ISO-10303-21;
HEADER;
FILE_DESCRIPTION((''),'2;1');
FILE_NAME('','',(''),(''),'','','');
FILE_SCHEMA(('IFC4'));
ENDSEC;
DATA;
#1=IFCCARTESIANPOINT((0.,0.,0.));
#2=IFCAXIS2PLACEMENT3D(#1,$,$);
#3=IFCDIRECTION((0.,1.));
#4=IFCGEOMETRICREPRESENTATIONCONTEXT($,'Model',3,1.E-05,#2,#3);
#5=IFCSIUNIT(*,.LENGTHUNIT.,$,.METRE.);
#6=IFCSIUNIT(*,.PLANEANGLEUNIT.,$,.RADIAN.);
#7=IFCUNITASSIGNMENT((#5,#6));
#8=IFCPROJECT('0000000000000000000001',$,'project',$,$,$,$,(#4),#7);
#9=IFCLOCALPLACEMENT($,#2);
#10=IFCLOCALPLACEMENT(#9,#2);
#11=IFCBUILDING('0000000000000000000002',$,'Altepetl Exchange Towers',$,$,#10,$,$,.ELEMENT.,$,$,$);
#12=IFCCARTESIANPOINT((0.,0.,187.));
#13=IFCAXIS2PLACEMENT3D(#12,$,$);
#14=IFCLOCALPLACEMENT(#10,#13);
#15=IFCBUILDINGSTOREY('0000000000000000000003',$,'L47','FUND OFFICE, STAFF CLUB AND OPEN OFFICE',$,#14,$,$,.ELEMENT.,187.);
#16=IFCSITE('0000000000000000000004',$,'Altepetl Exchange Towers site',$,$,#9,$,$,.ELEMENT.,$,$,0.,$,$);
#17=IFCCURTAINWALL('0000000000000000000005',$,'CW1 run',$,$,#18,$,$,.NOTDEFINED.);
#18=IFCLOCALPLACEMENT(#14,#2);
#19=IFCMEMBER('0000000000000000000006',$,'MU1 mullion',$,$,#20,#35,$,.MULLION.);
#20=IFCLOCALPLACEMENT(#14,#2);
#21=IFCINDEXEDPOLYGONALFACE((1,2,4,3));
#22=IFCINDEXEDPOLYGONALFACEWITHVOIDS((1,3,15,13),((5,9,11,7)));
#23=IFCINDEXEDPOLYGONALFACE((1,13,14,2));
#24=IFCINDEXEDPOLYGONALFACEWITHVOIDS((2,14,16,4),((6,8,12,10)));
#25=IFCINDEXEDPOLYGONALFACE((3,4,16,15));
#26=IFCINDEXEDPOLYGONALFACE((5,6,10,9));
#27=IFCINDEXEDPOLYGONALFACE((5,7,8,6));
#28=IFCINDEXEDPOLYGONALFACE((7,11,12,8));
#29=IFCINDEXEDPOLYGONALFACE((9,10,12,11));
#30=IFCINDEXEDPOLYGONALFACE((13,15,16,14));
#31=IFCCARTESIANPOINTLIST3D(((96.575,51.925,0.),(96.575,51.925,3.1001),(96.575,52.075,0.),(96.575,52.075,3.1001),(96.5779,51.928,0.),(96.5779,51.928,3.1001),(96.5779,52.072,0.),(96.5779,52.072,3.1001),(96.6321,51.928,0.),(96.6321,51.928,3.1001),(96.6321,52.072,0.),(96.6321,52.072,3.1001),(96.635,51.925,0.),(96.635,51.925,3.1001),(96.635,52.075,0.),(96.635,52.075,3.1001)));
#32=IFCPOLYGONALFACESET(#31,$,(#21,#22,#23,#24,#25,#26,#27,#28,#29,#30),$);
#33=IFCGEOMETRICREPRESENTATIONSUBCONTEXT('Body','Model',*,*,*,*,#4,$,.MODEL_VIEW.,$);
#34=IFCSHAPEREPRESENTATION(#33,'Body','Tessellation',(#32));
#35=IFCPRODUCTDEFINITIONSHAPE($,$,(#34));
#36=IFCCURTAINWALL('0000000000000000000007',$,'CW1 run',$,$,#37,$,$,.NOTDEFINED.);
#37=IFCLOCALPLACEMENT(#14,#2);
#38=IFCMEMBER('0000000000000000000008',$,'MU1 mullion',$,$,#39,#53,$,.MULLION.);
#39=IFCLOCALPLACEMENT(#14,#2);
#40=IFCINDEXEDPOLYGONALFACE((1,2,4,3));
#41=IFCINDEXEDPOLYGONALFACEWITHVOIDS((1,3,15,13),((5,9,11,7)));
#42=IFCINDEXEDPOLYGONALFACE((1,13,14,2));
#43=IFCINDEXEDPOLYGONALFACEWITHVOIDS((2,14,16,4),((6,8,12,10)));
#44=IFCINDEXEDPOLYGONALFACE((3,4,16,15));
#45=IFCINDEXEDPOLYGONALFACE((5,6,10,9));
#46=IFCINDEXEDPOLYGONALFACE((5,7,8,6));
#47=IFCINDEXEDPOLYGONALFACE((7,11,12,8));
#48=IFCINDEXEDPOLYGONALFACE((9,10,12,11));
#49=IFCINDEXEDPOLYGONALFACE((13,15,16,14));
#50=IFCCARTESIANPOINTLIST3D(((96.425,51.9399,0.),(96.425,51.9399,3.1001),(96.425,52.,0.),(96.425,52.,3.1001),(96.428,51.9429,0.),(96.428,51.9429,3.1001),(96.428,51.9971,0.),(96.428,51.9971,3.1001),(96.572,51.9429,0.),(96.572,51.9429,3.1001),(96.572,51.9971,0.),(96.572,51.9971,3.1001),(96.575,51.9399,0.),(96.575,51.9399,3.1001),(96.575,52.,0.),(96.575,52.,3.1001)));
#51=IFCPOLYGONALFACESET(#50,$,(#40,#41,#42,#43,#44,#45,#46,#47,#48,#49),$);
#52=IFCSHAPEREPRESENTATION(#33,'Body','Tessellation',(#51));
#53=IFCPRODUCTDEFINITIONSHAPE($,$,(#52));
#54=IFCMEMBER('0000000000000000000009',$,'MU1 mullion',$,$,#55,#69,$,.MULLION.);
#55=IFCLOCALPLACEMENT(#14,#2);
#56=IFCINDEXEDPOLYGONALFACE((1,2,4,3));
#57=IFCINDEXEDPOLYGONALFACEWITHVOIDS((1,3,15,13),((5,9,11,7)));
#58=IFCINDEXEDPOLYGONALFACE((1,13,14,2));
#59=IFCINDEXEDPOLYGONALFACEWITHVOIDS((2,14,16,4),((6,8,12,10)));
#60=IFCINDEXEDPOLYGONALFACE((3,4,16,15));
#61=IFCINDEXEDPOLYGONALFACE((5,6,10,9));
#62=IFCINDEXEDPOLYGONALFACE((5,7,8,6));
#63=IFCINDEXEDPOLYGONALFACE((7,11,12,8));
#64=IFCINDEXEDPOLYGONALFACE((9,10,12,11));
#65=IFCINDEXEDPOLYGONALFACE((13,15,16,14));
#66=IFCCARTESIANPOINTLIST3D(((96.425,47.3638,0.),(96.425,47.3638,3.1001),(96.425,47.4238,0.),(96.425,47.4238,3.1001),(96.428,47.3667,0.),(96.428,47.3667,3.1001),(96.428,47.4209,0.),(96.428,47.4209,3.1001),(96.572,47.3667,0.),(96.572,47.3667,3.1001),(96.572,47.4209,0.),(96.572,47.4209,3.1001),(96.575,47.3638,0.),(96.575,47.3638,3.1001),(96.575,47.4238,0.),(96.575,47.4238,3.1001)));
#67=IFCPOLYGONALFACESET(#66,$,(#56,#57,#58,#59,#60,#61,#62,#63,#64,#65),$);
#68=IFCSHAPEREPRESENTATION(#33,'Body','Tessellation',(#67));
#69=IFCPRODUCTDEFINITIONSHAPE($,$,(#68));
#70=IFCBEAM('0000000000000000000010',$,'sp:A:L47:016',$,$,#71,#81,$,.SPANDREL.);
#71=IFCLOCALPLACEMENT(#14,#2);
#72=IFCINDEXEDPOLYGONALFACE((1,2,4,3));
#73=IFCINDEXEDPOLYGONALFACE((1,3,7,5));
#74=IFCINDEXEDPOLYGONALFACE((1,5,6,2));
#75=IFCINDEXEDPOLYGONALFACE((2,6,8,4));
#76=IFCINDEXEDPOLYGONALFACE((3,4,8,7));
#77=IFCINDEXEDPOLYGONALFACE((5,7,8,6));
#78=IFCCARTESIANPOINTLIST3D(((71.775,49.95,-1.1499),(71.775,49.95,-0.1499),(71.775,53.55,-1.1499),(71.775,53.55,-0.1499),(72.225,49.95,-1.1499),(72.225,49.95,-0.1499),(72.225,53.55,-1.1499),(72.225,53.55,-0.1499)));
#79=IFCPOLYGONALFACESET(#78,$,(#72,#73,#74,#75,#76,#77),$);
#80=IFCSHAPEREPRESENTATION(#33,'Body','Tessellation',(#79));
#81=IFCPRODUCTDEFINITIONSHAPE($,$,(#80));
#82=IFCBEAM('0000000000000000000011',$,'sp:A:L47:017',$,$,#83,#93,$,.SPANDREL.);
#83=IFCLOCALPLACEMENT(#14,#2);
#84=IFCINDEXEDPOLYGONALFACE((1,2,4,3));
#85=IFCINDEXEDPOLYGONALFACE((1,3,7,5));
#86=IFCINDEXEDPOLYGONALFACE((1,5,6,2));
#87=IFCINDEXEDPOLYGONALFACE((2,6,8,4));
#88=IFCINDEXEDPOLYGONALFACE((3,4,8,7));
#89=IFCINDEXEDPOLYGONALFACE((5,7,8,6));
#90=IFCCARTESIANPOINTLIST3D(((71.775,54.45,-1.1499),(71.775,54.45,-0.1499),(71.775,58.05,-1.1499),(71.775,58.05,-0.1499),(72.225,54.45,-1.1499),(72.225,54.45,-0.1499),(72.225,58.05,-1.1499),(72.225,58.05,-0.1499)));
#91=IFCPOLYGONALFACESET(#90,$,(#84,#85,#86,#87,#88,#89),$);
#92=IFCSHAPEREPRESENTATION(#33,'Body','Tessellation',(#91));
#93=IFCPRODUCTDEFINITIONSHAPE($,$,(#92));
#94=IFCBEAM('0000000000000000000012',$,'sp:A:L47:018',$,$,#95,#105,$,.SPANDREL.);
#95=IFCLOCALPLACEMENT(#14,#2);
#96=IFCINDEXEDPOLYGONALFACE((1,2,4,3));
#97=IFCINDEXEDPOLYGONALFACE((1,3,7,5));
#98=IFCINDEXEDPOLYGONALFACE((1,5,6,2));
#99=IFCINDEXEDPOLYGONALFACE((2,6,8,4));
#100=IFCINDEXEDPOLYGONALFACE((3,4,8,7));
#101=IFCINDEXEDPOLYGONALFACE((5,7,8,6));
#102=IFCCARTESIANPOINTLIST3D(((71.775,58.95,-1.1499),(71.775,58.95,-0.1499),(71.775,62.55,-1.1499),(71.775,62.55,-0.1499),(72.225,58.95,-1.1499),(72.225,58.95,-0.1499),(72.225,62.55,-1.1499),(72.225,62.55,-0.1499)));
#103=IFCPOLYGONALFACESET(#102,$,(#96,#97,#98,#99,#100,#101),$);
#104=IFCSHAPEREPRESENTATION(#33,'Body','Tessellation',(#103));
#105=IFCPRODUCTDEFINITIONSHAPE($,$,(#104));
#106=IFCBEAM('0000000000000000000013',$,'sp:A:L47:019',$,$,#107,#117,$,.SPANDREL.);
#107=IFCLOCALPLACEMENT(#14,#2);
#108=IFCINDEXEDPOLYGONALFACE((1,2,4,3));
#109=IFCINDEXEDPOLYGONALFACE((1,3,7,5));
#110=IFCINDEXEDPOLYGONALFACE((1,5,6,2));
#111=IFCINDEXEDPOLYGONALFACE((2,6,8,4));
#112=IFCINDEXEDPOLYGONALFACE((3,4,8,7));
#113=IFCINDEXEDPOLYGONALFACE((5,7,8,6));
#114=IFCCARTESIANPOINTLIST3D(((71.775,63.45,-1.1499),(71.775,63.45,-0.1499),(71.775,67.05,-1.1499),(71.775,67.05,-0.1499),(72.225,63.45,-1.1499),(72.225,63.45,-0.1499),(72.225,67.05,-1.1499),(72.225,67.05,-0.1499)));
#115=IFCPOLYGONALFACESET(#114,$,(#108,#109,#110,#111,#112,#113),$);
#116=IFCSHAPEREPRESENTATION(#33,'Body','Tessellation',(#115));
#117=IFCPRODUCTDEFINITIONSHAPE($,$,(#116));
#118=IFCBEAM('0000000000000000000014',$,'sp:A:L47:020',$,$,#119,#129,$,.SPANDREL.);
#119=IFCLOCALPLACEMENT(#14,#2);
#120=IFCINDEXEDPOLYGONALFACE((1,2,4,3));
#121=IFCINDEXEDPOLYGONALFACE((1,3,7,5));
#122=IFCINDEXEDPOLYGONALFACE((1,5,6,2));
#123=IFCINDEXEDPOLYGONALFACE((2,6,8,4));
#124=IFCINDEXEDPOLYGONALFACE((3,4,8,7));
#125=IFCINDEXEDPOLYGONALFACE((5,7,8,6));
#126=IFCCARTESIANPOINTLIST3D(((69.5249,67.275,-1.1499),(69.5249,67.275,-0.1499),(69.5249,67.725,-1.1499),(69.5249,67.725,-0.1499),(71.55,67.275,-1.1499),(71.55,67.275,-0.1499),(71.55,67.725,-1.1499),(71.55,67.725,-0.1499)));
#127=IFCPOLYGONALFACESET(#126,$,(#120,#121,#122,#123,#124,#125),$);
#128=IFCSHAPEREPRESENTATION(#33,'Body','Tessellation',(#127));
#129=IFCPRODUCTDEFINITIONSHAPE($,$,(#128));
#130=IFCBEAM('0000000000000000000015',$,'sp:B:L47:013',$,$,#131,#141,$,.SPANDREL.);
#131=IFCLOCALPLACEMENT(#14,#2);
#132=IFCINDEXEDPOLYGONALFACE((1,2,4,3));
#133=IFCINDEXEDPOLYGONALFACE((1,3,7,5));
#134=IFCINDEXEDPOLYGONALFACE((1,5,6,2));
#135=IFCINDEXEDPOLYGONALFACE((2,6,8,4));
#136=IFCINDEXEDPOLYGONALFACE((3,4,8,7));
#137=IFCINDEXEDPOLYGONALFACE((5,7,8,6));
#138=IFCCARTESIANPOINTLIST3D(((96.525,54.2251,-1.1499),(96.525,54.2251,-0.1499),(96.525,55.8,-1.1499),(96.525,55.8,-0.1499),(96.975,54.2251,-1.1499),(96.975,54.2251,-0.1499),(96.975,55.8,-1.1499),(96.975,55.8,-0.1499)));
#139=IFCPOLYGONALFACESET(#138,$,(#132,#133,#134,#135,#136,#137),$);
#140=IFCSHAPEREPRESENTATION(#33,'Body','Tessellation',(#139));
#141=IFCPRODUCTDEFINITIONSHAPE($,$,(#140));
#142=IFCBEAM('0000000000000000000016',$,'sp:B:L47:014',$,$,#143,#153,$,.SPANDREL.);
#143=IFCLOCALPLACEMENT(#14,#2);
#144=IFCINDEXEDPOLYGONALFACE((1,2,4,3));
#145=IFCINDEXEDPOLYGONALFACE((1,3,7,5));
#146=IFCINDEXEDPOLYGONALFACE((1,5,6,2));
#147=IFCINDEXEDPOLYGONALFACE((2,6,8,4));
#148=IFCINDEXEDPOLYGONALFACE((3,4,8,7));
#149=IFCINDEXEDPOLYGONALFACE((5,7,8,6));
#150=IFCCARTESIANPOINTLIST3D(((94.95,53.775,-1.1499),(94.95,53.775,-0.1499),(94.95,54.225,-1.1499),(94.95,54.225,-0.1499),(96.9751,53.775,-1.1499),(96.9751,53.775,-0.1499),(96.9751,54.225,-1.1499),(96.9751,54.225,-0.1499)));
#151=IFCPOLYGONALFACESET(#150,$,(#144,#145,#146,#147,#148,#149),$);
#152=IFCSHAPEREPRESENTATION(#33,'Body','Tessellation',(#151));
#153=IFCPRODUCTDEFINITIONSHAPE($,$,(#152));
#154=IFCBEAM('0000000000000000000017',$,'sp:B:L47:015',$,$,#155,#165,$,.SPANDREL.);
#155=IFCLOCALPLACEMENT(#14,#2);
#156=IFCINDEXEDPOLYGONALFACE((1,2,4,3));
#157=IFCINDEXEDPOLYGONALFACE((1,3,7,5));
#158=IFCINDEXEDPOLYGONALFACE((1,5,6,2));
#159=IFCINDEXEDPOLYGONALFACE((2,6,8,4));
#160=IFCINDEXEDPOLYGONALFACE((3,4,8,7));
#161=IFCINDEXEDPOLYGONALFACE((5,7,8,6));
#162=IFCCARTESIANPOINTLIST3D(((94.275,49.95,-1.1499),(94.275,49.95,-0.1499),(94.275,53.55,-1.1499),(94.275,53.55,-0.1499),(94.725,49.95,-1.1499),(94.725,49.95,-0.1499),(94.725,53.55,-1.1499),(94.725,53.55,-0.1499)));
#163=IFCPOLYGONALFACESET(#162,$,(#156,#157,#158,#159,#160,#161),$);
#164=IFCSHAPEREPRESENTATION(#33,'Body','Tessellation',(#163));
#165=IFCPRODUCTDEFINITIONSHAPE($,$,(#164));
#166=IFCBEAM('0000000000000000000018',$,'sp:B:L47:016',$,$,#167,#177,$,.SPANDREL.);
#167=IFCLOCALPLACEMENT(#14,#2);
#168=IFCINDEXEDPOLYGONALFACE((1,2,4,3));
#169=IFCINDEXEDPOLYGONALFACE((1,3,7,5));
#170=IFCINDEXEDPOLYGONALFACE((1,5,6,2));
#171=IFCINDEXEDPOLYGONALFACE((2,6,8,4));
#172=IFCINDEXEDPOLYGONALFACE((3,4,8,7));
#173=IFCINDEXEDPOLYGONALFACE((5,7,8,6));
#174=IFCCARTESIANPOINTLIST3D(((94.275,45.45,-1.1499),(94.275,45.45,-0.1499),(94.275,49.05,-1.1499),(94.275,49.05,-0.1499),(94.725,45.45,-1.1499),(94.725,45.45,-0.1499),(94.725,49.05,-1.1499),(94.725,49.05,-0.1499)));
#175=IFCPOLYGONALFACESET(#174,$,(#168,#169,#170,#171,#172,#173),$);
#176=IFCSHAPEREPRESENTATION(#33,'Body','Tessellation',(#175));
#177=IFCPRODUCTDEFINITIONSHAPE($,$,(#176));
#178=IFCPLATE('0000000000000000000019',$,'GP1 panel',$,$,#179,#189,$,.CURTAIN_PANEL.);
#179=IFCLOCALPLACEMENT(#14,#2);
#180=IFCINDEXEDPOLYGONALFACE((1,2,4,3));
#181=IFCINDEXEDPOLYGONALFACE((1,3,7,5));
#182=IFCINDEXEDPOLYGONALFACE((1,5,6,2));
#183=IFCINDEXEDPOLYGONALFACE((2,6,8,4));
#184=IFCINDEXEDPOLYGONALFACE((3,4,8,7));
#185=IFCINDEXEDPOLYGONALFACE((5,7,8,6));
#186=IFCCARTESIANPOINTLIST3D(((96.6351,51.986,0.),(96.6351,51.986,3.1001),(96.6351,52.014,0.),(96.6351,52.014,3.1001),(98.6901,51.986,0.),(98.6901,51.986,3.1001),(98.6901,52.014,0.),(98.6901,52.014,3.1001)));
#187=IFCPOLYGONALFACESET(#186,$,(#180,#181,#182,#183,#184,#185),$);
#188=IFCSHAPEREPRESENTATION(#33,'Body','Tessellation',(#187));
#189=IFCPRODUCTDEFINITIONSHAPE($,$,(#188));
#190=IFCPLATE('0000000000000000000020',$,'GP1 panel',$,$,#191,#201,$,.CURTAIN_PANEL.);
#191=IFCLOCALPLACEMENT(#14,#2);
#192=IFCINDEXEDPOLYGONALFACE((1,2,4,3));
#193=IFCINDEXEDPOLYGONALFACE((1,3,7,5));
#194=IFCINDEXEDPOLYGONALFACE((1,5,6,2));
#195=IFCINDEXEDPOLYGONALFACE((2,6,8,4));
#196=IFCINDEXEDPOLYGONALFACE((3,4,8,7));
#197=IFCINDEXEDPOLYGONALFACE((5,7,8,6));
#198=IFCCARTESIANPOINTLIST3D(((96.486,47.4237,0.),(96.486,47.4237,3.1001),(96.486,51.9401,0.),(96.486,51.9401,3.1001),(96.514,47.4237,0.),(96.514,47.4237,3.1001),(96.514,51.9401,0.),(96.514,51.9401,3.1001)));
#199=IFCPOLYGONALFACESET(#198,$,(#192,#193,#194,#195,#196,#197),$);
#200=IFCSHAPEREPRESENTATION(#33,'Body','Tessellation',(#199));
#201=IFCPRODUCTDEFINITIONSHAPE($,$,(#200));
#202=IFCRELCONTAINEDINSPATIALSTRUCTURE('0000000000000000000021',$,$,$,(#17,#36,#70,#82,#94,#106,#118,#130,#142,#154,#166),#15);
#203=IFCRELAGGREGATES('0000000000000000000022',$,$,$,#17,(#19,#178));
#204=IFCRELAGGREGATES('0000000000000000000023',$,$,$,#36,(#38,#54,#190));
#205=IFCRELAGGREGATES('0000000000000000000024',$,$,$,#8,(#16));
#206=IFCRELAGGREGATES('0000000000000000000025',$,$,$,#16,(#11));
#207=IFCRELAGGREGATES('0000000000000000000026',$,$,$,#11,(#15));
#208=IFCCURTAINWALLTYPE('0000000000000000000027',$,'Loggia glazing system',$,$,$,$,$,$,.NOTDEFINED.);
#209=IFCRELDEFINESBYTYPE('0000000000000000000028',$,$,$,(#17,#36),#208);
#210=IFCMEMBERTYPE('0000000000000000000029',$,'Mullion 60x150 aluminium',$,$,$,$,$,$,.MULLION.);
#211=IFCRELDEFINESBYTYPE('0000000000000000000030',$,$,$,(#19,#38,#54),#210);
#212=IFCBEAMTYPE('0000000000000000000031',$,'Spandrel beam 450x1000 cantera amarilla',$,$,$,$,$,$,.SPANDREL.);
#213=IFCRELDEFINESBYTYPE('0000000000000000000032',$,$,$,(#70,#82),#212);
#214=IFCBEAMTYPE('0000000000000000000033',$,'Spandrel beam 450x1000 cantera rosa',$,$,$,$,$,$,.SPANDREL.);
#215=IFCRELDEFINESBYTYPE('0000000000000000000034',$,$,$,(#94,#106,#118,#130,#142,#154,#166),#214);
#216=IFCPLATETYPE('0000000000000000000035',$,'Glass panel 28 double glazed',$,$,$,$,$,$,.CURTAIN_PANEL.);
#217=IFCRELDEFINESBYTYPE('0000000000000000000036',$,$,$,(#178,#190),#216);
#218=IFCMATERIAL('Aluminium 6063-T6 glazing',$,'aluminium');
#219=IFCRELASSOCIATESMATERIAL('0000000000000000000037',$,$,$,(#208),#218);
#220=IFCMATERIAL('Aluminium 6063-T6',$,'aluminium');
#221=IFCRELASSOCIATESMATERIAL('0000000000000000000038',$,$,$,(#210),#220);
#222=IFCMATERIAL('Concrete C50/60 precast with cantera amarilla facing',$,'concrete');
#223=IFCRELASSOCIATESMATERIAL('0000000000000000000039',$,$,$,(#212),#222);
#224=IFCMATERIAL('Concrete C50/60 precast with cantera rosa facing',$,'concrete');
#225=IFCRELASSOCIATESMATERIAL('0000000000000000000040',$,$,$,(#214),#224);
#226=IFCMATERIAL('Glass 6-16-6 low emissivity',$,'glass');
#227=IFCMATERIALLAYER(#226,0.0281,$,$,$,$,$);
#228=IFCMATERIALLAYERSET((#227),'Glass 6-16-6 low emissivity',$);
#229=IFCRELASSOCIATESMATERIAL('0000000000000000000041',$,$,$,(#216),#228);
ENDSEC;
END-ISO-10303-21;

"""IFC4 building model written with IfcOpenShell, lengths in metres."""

from ifc_helpers import new_model, si_unit, direction, frame, origin, origin_2d, place, context, subcontext, project, spatial, rectangle, hollow_rectangle, extrude, material, layer, layer_set, material_profile, profile_set, type_object, element, aggregate, save


model = new_model("IFC4")

# Units and contexts
model_context = context("Model", 3, precision=1e-05, world=origin(), true_north=direction((0.0, 1.0)))
body_context = subcontext(model_context, "Body", "Model", "MODEL_VIEW")
ifc_project = project(units=[si_unit("LENGTHUNIT", "METRE"), si_unit("PLANEANGLEUNIT", "RADIAN")], contexts=[model_context])

# Site, building, storey
site_placement = place(None, origin())
site = spatial("IfcSite", under=ifc_project, at=site_placement, Name="Altepetl Exchange Towers site", CompositionType="ELEMENT", RefElevation=0.0)
building_placement = place(site_placement, origin())
building = spatial("IfcBuilding", under=site, at=building_placement, Name="Altepetl Exchange Towers", CompositionType="ELEMENT")
storey_placement = place(building_placement, frame((0.0, 0.0, 187.0)))
storey = spatial("IfcBuildingStorey", under=building, at=storey_placement, Name="L47", Description="FUND OFFICE, STAFF CLUB AND OPEN OFFICE", CompositionType="ELEMENT", Elevation=187.0)

# Shared definitions
ifc_material_1 = material(Name="Aluminium 6063-T6 glazing", Category="aluminium")
curtain_wall_type = type_object("IfcCurtainWallType", Name="Loggia glazing system", PredefinedType="NOTDEFINED", material=ifc_material_1)
ifc_material_2 = material(Name="Aluminium 6063-T6", Category="aluminium")
ifc_material_profile_1 = material_profile(ifc_material_2, hollow_rectangle(XDim=0.0601, YDim=0.1499, WallThickness=0.0029, at=origin_2d()), Name="Mullion 60x150 aluminium")
ifc_profile_set_1 = profile_set([ifc_material_profile_1], Name="Aluminium 6063-T6")
member_type = type_object("IfcMemberType", Name="Mullion 60x150 aluminium", PredefinedType="MULLION", material=ifc_profile_set_1)

# Curtain walls, members
curtain_wall_1_placement = place(storey_placement, origin())
curtain_wall_1 = element("IfcCurtainWall", 1, at=curtain_wall_1_placement, inside=storey, type_object=curtain_wall_type, Name="CW1 run", PredefinedType="NOTDEFINED")
member_1_placement = place(storey_placement, frame((96.605, 52.0, 0.0), z_axis=(0.0, 0.0, 1.0), x_axis=(-1.0, 0.0, 0.0)))
member_1 = element("IfcMember", 2, at=member_1_placement, type_object=member_type, Name="MU1 mullion", PredefinedType="MULLION", context=body_context, shape_type="SweptSolid", body=[
    extrude(hollow_rectangle(XDim=0.0601, YDim=0.1499, WallThickness=0.0029, at=origin_2d()), origin(), (0.0, 0.0, 1.0), 3.1001),
])
curtain_wall_2_placement = place(storey_placement, origin())
curtain_wall_2 = element("IfcCurtainWall", 3, at=curtain_wall_2_placement, inside=storey, type_object=curtain_wall_type, Name="CW1 run", PredefinedType="NOTDEFINED")
member_2_placement = place(storey_placement, frame((96.5, 51.97, 0.0), z_axis=(0.0, 0.0, 1.0), x_axis=(0.0, -1.0, 0.0)))
member_2 = element("IfcMember", 4, at=member_2_placement, type_object=member_type, Name="MU1 mullion", PredefinedType="MULLION", context=body_context, shape_type="SweptSolid", body=[
    extrude(hollow_rectangle(XDim=0.0601, YDim=0.1499, WallThickness=0.0029, at=origin_2d()), origin(), (0.0, 0.0, 1.0), 3.1001),
])
member_3_placement = place(storey_placement, frame((96.5, 47.3938, 0.0), z_axis=(0.0, 0.0, 1.0), x_axis=(0.0, -1.0, 0.0)))
member_3 = element("IfcMember", 5, at=member_3_placement, type_object=member_type, Name="MU1 mullion", PredefinedType="MULLION", context=body_context, shape_type="SweptSolid", body=[
    extrude(hollow_rectangle(XDim=0.0601, YDim=0.1499, WallThickness=0.0029, at=origin_2d()), origin(), (0.0, 0.0, 1.0), 3.1001),
])

# Beams
ifc_material_3 = material(Name="Concrete C50/60 precast with cantera amarilla facing", Category="concrete")
ifc_material_profile_2 = material_profile(ifc_material_3, rectangle(XDim=0.45, YDim=1.0, at=origin_2d()), Name="450 x 1000")
ifc_profile_set_2 = profile_set([ifc_material_profile_2], Name="Concrete C50/60 precast with cantera amarilla facing")
beam_type_1 = type_object("IfcBeamType", Name="Spandrel beam 450x1000 cantera amarilla", PredefinedType="SPANDREL", material=ifc_profile_set_2)
for number, where, z_axis, x_axis, name in (
    (6, (72.0, 49.95, -0.6499), (0.0, 1.0, 0.0), (-1.0, 0.0, 0.0), "sp:A:L47:016"),
    (7, (72.0, 54.45, -0.6499), (0.0, 1.0, 0.0), (-1.0, 0.0, 0.0), "sp:A:L47:017"),
):
    element("IfcBeam", number, at=place(storey_placement, frame(where, z_axis=z_axis, x_axis=x_axis)), inside=storey, type_object=beam_type_1, Name=name, PredefinedType="SPANDREL", context=body_context, shape_type="SweptSolid", body=[
        extrude(rectangle(XDim=0.45, YDim=1.0, at=origin_2d()), origin(), (0.0, 0.0, 1.0), 3.6001),
    ])
ifc_material_4 = material(Name="Concrete C50/60 precast with cantera rosa facing", Category="concrete")
ifc_material_profile_3 = material_profile(ifc_material_4, rectangle(XDim=0.45, YDim=1.0, at=origin_2d()), Name="450 x 1000")
ifc_profile_set_3 = profile_set([ifc_material_profile_3], Name="Concrete C50/60 precast with cantera rosa facing")
beam_type_2 = type_object("IfcBeamType", Name="Spandrel beam 450x1000 cantera rosa", PredefinedType="SPANDREL", material=ifc_profile_set_3)
for number, where, z_axis, x_axis, name in (
    (8, (72.0, 58.95, -0.6499), (0.0, 1.0, 0.0), (-1.0, 0.0, 0.0), "sp:A:L47:018"),
    (9, (72.0, 63.45, -0.6499), (0.0, 1.0, 0.0), (-1.0, 0.0, 0.0), "sp:A:L47:019"),
):
    element("IfcBeam", number, at=place(storey_placement, frame(where, z_axis=z_axis, x_axis=x_axis)), inside=storey, type_object=beam_type_2, Name=name, PredefinedType="SPANDREL", context=body_context, shape_type="SweptSolid", body=[
        extrude(rectangle(XDim=0.45, YDim=1.0, at=origin_2d()), origin(), (0.0, 0.0, 1.0), 3.6001),
    ])
beam_1_placement = place(storey_placement, frame((71.55, 67.5, -0.6499), z_axis=(-1.0, 0.0, 0.0), x_axis=(0.0, -1.0, 0.0)))
element("IfcBeam", 10, at=beam_1_placement, inside=storey, type_object=beam_type_2, Name="sp:A:L47:020", PredefinedType="SPANDREL", context=body_context, shape_type="SweptSolid", body=[
    extrude(rectangle(XDim=0.45, YDim=1.0, at=origin_2d()), origin(), (0.0, 0.0, 1.0), 2.0251),
])
beam_2_placement = place(storey_placement, frame((96.75, 55.8, -0.6499), z_axis=(0.0, -1.0, 0.0), x_axis=(1.0, 0.0, 0.0)))
element("IfcBeam", 11, at=beam_2_placement, inside=storey, type_object=beam_type_2, Name="sp:B:L47:013", PredefinedType="SPANDREL", context=body_context, shape_type="SweptSolid", body=[
    extrude(rectangle(XDim=0.45, YDim=1.0, at=origin_2d()), origin(), (0.0, 0.0, 1.0), 1.575),
])
beam_3_placement = place(storey_placement, frame((96.9751, 54.0, -0.6499), z_axis=(-1.0, 0.0, 0.0), x_axis=(0.0, -1.0, 0.0)))
element("IfcBeam", 12, at=beam_3_placement, inside=storey, type_object=beam_type_2, Name="sp:B:L47:014", PredefinedType="SPANDREL", context=body_context, shape_type="SweptSolid", body=[
    extrude(rectangle(XDim=0.45, YDim=1.0, at=origin_2d()), origin(), (0.0, 0.0, 1.0), 2.0251),
])
for number, where, z_axis, x_axis, name in (
    (13, (94.5, 53.55, -0.6499), (0.0, -1.0, 0.0), (1.0, 0.0, 0.0), "sp:B:L47:015"),
    (14, (94.5, 49.05, -0.6499), (0.0, -1.0, 0.0), (1.0, 0.0, 0.0), "sp:B:L47:016"),
):
    element("IfcBeam", number, at=place(storey_placement, frame(where, z_axis=z_axis, x_axis=x_axis)), inside=storey, type_object=beam_type_2, Name=name, PredefinedType="SPANDREL", context=body_context, shape_type="SweptSolid", body=[
        extrude(rectangle(XDim=0.45, YDim=1.0, at=origin_2d()), origin(), (0.0, 0.0, 1.0), 3.6001),
    ])

# Plates
ifc_material_5 = material(Name="Glass 6-16-6 low emissivity", Category="glass")
ifc_layer_1 = layer(ifc_material_5, 0.0281)
ifc_layer_set_1 = layer_set([ifc_layer_1], Name="Glass 6-16-6 low emissivity")
plate_type = type_object("IfcPlateType", Name="Glass panel 28 double glazed", PredefinedType="CURTAIN_PANEL", material=ifc_layer_set_1)
plate_1_placement = place(storey_placement, frame((97.6626, 52.0, 0.0), z_axis=(0.0, 0.0, 1.0), x_axis=(-1.0, 0.0, 0.0)))
plate_1 = element("IfcPlate", 15, at=plate_1_placement, type_object=plate_type, Name="GP1 panel", PredefinedType="CURTAIN_PANEL", context=body_context, shape_type="SweptSolid", body=[
    extrude(rectangle(XDim=2.0549, YDim=0.0281, at=origin_2d()), origin(), (0.0, 0.0, 1.0), 3.1001),
])
aggregate(curtain_wall_1, [member_1, plate_1])
plate_2_placement = place(storey_placement, frame((96.5, 49.6819, 0.0), z_axis=(0.0, 0.0, 1.0), x_axis=(0.0, -1.0, 0.0)))
plate_2 = element("IfcPlate", 16, at=plate_2_placement, type_object=plate_type, Name="GP1 panel", PredefinedType="CURTAIN_PANEL", context=body_context, shape_type="SweptSolid", body=[
    extrude(rectangle(XDim=4.5164, YDim=0.0281, at=origin_2d()), origin(), (0.0, 0.0, 1.0), 3.1001),
])
aggregate(curtain_wall_2, [member_2, member_3, plate_2])

save(model, "model.ifc")
